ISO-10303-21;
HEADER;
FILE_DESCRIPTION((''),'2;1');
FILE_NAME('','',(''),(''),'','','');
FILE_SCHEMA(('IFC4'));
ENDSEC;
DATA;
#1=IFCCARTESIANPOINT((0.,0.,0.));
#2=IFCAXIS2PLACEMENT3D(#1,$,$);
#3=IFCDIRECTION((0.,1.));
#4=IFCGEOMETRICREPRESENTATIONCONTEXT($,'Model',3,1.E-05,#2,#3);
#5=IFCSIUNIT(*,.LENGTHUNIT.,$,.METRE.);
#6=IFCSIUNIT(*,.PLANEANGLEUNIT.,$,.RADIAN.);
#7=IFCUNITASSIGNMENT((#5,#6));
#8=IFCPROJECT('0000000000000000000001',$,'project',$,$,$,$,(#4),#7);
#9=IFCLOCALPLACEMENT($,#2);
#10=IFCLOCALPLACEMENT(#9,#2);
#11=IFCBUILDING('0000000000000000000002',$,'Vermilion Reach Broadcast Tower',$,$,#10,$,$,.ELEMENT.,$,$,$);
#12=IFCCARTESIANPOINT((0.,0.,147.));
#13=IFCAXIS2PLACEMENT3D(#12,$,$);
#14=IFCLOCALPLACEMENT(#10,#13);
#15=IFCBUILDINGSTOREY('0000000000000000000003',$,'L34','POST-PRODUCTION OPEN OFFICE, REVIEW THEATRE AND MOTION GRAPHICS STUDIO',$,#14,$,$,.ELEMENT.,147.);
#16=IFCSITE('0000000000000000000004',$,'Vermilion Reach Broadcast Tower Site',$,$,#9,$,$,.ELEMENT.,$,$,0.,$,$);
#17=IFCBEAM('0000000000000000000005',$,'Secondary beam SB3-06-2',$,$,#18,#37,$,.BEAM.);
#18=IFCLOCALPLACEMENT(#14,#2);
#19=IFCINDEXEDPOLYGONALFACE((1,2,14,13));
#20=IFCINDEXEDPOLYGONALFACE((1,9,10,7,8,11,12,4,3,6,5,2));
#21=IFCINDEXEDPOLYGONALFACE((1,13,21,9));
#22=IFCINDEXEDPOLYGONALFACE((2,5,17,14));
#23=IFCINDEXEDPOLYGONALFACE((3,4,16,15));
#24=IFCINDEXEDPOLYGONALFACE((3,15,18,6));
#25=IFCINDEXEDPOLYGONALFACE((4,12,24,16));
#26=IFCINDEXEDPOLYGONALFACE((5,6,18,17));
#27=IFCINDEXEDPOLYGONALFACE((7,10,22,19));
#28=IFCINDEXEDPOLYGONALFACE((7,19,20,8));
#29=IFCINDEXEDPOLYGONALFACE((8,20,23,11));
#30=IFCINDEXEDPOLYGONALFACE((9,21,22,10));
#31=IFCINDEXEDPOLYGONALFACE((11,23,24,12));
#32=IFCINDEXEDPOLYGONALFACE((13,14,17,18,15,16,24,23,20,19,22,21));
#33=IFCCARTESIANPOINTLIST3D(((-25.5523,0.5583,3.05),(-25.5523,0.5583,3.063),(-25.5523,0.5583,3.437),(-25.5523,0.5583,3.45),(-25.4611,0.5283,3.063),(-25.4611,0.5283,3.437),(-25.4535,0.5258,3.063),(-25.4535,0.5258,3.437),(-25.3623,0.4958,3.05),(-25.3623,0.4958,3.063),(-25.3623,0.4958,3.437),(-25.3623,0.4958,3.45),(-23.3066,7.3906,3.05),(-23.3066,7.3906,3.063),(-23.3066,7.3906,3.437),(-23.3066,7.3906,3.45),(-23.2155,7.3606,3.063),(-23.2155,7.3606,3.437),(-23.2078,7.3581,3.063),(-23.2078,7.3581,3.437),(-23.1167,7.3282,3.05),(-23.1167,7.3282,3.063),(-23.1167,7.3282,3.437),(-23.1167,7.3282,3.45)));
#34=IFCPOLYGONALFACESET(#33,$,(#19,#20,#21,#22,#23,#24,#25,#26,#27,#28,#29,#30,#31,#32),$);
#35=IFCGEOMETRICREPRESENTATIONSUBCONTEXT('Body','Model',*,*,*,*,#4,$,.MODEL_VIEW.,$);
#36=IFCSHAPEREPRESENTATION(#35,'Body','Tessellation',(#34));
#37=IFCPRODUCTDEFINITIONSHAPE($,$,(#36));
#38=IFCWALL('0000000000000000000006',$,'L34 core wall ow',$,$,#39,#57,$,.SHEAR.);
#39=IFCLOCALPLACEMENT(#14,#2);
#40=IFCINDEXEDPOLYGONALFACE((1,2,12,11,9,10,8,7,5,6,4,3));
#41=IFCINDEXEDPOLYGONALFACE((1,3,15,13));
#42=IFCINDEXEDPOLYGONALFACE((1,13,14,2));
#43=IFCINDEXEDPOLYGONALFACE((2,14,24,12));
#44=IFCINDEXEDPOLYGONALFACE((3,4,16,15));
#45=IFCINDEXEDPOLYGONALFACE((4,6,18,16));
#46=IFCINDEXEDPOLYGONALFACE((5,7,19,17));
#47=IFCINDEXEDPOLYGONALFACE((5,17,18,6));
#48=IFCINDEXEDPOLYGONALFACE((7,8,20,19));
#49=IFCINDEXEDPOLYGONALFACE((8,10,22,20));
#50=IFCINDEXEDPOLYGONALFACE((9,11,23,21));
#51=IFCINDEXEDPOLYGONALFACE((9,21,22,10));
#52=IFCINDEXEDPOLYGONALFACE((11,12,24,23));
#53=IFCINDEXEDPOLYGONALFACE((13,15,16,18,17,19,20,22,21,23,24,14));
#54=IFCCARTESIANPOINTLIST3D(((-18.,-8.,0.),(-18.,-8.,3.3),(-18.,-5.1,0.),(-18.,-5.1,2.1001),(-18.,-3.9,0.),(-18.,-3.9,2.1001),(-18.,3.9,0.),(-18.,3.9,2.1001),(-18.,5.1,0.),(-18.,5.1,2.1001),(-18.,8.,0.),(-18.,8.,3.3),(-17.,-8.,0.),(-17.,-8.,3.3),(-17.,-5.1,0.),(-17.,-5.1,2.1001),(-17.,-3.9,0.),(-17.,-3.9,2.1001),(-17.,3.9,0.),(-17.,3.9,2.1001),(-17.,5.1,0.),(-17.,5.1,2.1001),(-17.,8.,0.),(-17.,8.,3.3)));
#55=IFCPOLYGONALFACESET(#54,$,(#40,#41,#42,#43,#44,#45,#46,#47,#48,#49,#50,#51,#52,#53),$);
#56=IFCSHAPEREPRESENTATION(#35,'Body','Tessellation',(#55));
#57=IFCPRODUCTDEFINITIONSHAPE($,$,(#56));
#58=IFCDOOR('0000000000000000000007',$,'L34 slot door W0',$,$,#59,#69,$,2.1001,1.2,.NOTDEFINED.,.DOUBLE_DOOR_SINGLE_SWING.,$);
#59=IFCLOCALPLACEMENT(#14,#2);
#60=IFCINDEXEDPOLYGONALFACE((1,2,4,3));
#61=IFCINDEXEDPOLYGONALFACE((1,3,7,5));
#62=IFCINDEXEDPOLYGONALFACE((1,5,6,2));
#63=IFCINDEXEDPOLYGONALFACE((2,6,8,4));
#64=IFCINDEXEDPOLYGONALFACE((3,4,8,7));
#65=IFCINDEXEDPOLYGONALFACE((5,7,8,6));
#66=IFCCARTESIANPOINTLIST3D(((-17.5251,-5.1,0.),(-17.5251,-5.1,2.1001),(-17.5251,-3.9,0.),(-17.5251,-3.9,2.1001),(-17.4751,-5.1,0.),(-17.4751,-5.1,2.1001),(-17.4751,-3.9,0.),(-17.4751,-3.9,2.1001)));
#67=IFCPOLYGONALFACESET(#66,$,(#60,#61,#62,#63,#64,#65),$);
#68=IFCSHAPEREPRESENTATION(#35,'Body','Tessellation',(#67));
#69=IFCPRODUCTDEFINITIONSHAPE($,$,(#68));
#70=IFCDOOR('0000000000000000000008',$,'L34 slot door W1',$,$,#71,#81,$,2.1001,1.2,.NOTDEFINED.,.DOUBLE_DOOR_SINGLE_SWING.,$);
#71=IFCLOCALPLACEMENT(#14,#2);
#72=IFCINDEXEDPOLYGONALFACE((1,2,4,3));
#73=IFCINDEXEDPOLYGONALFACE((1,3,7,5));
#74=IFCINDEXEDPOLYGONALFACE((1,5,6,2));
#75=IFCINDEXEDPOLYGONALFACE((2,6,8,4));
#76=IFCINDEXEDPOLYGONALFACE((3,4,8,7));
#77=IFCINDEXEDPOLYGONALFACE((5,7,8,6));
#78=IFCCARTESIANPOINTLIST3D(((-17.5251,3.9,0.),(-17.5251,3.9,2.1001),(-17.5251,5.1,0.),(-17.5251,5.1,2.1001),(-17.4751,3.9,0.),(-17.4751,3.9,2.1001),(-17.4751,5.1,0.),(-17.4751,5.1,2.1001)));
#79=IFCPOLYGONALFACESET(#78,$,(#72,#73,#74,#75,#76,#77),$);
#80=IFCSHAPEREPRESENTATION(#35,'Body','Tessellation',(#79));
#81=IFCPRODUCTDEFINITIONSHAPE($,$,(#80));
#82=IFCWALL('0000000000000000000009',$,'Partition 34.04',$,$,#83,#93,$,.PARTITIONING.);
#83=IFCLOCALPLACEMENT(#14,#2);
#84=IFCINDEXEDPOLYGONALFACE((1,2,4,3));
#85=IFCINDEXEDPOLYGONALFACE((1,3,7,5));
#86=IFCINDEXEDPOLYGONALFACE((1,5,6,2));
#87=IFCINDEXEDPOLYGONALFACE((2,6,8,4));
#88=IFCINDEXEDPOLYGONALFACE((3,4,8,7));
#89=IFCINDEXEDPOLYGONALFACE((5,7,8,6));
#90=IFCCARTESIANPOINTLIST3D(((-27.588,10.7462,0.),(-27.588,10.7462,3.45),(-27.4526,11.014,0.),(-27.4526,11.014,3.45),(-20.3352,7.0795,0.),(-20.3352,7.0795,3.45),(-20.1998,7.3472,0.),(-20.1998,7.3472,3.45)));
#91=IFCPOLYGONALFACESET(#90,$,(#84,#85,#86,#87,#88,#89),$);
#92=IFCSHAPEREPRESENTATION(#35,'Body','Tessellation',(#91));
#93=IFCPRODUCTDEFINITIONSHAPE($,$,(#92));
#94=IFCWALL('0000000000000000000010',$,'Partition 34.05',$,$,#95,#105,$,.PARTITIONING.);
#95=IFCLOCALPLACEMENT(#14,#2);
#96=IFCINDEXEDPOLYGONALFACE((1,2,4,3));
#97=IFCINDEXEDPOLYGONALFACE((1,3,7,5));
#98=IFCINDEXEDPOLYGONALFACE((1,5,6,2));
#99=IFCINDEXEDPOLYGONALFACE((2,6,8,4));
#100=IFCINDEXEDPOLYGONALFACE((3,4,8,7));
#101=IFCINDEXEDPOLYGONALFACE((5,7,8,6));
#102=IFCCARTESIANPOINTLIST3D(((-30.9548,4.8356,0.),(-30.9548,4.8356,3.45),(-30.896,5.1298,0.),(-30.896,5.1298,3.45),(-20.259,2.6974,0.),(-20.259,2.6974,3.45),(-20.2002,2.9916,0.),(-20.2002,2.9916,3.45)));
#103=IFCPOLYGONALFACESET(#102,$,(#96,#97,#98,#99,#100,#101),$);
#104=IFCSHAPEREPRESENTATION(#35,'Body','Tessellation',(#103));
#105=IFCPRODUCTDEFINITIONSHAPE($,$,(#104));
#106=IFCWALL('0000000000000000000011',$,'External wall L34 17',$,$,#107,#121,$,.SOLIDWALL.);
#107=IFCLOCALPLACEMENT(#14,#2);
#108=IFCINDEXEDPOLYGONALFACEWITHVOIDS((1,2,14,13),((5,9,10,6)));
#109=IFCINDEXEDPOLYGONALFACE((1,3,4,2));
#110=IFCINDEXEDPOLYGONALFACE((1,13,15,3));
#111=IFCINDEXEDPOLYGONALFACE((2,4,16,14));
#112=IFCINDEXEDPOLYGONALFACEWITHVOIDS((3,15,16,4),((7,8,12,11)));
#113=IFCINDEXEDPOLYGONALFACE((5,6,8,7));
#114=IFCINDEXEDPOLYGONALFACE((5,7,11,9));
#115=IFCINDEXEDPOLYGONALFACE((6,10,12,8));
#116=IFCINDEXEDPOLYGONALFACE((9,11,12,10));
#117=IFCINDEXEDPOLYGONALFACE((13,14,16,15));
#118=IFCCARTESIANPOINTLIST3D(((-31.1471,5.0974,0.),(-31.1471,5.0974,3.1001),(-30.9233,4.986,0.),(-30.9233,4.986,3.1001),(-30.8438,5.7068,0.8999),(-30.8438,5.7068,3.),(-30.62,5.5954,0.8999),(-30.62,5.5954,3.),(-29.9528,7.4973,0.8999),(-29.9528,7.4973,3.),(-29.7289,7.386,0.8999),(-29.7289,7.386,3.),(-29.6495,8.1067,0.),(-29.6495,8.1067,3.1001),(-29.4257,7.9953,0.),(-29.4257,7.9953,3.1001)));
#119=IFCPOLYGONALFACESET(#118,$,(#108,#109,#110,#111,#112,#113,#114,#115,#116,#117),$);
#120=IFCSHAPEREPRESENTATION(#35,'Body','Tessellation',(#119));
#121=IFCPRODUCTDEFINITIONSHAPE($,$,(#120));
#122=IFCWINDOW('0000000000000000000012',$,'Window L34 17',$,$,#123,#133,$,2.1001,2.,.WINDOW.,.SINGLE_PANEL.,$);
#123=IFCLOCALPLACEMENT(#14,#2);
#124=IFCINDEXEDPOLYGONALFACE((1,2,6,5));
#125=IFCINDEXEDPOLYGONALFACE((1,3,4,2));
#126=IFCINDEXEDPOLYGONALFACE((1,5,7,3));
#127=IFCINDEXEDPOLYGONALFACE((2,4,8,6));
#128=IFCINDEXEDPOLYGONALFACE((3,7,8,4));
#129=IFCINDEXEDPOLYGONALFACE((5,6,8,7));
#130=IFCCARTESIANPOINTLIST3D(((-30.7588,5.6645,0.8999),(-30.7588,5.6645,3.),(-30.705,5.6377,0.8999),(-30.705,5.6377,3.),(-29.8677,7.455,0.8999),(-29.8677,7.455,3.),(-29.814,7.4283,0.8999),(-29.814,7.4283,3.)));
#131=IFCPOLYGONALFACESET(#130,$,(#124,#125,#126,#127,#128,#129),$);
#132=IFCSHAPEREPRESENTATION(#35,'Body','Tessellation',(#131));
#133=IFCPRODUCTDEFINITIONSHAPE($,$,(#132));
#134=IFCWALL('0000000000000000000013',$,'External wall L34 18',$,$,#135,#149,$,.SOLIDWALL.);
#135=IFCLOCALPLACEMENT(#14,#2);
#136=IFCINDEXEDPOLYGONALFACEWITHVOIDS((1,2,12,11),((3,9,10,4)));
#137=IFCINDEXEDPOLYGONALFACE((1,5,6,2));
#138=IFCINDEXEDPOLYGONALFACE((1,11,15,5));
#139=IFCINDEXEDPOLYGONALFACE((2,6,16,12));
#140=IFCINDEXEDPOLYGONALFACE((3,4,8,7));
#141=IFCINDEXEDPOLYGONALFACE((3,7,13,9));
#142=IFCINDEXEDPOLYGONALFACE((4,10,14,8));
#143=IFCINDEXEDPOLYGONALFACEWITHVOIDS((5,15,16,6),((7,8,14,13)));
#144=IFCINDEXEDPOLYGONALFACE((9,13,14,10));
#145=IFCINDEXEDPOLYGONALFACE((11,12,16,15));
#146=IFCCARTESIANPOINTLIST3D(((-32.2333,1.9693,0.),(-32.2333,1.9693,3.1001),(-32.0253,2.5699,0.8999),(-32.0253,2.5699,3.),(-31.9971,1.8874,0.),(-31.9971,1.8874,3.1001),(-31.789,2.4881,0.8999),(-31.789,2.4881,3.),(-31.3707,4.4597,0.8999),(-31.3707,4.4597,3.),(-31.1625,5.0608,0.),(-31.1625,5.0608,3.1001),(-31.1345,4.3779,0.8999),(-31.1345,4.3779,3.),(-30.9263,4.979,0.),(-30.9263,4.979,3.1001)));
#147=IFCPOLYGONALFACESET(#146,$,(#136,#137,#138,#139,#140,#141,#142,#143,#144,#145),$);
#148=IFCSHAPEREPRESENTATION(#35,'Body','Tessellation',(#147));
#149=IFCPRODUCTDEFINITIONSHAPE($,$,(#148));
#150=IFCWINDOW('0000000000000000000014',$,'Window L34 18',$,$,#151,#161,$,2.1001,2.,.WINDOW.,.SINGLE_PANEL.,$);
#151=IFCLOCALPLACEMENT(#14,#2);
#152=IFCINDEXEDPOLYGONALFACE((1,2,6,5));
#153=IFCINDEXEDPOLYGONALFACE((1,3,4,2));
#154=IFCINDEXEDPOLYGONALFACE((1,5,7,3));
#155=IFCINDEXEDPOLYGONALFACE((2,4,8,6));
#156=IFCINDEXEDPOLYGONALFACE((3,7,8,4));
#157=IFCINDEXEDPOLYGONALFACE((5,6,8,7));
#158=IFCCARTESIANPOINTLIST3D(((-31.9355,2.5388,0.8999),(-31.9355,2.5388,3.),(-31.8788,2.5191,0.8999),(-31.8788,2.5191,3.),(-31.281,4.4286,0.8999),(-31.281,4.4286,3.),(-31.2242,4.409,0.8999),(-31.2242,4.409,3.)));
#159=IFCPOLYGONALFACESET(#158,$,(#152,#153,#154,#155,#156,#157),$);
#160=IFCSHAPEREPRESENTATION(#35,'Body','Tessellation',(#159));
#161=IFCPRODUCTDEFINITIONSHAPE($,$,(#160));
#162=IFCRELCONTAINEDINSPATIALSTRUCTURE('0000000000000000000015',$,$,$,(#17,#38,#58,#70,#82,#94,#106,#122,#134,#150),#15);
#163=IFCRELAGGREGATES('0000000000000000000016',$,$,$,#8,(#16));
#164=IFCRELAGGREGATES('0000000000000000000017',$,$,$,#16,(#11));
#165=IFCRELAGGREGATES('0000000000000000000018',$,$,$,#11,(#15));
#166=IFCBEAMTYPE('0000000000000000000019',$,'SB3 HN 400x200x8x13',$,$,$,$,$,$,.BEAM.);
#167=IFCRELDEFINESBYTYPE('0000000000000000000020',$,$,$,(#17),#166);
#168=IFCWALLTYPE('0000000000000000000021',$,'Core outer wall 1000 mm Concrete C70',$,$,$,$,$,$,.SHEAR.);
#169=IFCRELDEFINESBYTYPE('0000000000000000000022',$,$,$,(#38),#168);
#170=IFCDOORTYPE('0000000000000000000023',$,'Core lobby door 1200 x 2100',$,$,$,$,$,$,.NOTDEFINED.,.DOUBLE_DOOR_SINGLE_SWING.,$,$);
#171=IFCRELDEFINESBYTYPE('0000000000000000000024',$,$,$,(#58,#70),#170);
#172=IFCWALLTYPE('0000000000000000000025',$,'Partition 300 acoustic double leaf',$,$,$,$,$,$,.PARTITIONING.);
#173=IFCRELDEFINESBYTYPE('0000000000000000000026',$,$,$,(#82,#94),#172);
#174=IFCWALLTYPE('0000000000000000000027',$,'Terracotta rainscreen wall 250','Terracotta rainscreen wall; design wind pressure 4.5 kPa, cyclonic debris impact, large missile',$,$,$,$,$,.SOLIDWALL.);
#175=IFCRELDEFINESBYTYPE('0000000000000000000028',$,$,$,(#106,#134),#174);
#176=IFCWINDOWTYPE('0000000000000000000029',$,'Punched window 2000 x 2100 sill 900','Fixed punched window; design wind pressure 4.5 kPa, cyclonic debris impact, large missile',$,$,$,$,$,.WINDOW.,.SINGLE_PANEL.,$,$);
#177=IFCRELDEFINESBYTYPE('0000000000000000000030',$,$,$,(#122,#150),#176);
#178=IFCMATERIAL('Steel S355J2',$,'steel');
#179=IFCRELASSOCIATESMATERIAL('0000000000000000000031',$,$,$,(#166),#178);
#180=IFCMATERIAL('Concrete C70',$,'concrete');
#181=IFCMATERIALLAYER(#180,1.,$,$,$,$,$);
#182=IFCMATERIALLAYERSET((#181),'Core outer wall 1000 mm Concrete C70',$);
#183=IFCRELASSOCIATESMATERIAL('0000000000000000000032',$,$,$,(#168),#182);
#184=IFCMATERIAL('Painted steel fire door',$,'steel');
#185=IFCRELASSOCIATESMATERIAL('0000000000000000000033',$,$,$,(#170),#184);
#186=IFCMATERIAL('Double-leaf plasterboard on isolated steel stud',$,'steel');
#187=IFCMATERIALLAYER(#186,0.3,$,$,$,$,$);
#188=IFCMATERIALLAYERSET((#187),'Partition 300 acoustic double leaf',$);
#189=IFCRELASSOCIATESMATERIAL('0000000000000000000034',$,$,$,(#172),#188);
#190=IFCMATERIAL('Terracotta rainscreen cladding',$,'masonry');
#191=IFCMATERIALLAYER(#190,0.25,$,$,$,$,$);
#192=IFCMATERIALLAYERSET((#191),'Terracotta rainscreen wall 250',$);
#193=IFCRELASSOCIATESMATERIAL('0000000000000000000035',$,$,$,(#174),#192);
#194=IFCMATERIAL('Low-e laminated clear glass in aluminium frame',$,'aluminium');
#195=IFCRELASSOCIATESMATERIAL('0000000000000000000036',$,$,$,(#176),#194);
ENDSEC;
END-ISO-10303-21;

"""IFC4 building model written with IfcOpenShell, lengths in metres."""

from ifc_helpers import new_model, si_unit, direction, frame, frame_2d, origin, origin_2d, place, context, subcontext, project, spatial, rectangle, i_section, extrude, material, layer, layer_set, material_profile, profile_set, type_object, element, fill, save


model = new_model("IFC4")

# Units and contexts
model_context = context("Model", 3, precision=1e-05, world=origin(), true_north=direction((0.0, 1.0)))
body_context = subcontext(model_context, "Body", "Model", "MODEL_VIEW")
ifc_project = project(units=[si_unit("LENGTHUNIT", "METRE"), si_unit("PLANEANGLEUNIT", "RADIAN")], contexts=[model_context])

# Site, building, storey
site_placement = place(None, origin())
site = spatial("IfcSite", under=ifc_project, at=site_placement, Name="Vermilion Reach Broadcast Tower Site", CompositionType="ELEMENT", RefElevation=0.0)
building_placement = place(site_placement, origin())
building = spatial("IfcBuilding", under=site, at=building_placement, Name="Vermilion Reach Broadcast Tower", CompositionType="ELEMENT")
storey_placement = place(building_placement, frame((0.0, 0.0, 147.0)))
storey = spatial("IfcBuildingStorey", under=building, at=storey_placement, Name="L34", Description="POST-PRODUCTION OPEN OFFICE, REVIEW THEATRE AND MOTION GRAPHICS STUDIO", CompositionType="ELEMENT", Elevation=147.0)

# Beam
ifc_material_1 = material(Name="Steel S355J2", Category="steel")
ifc_material_profile_1 = material_profile(ifc_material_1, i_section(OverallWidth=0.2, OverallDepth=0.3999, WebThickness=0.0081, FlangeThickness=0.0129, at=origin_2d()), Name="S355J2 HN 400x200x8x13")
ifc_profile_set_1 = profile_set([ifc_material_profile_1], Name="Steel S355J2")
beam_type_1 = type_object("IfcBeamType", Name="SB3 HN 400x200x8x13", PredefinedType="BEAM", material=ifc_profile_set_1)
beam_1_placement = place(storey_placement, frame((-23.2117, 7.3594, 3.25), z_axis=(-0.312243, -0.950002, 0.0), x_axis=(0.950002, -0.312243, 0.0)))
element("IfcBeam", 1, at=beam_1_placement, inside=storey, type_object=beam_type_1, Name="Secondary beam SB3-06-2", PredefinedType="BEAM", context=body_context, shape_type="SweptSolid", body=[
    extrude(i_section(OverallWidth=0.2, OverallDepth=0.3999, WebThickness=0.0081, FlangeThickness=0.0129, at=origin_2d()), origin(), (0.0, 0.0, 1.0), 7.1919),
])

# Wall, openings, doors
ifc_material_2 = material(Name="Concrete C70", Category="concrete")
ifc_layer_1 = layer(ifc_material_2, 1.0)
ifc_layer_set_1 = layer_set([ifc_layer_1], Name="Core outer wall 1000 mm Concrete C70")
wall_type_1 = type_object("IfcWallType", Name="Core outer wall 1000 mm Concrete C70", PredefinedType="SHEAR", material=ifc_layer_set_1)
wall_1_placement = place(storey_placement, frame((-17.5, 8.0, 0.0), z_axis=(0.0, 0.0, 1.0), x_axis=(0.0, -1.0, 0.0)))
wall_1 = element("IfcWall", 2, at=wall_1_placement, inside=storey, type_object=wall_type_1, Name="L34 core wall ow", PredefinedType="SHEAR", context=body_context, shape_type="SweptSolid", body=[
    extrude(rectangle(XDim=16.0, YDim=1.0, at=frame_2d((8.0, 0.0))), origin(), (0.0, 0.0, 1.0), 3.3),
])
opening_1_placement = place(wall_1_placement, frame((11.8999, 0.0, 0.0)))
opening_1 = element("IfcOpeningElement", 3, at=opening_1_placement, cuts=wall_1, PredefinedType="OPENING", context=body_context, shape_type="SweptSolid", body=[
    extrude(rectangle(XDim=1.2, YDim=2.1001, at=frame_2d((0.6001, 1.05))), frame((0.0, 0.51, 0.0), z_axis=(0.0, -1.0, 0.0), x_axis=(1.0, 0.0, 0.0)), (0.0, 0.0, 1.0), 1.02),
])
opening_2_placement = place(wall_1_placement, frame((2.8999, 0.0, 0.0)))
opening_2 = element("IfcOpeningElement", 4, at=opening_2_placement, cuts=wall_1, PredefinedType="OPENING", context=body_context, shape_type="SweptSolid", body=[
    extrude(rectangle(XDim=1.2, YDim=2.1001, at=frame_2d((0.6001, 1.05))), frame((0.0, 0.51, 0.0), z_axis=(0.0, -1.0, 0.0), x_axis=(1.0, 0.0, 0.0)), (0.0, 0.0, 1.0), 1.02),
])
ifc_material_3 = material(Name="Painted steel fire door", Category="steel")
door_type = type_object("IfcDoorType", Name="Core lobby door 1200 x 2100", OperationType="DOUBLE_DOOR_SINGLE_SWING", PredefinedType="NOTDEFINED", material=ifc_material_3)
door_1_placement = place(opening_1_placement, origin())
door_1 = element("IfcDoor", 5, at=door_1_placement, inside=storey, type_object=door_type, Name="L34 slot door W0", OperationType="DOUBLE_DOOR_SINGLE_SWING", OverallHeight=2.1001, OverallWidth=1.2, PredefinedType="NOTDEFINED", context=body_context, shape_type="SweptSolid", body=[
    extrude(rectangle(XDim=1.2, YDim=2.1001, at=frame_2d((0.6001, 1.05))), frame((0.0, 0.0249, 0.0), z_axis=(0.0, -1.0, 0.0), x_axis=(1.0, 0.0, 0.0)), (0.0, 0.0, 1.0), 0.05),
])
fill(opening_1, door_1)
door_2_placement = place(opening_2_placement, origin())
door_2 = element("IfcDoor", 6, at=door_2_placement, inside=storey, type_object=door_type, Name="L34 slot door W1", OperationType="DOUBLE_DOOR_SINGLE_SWING", OverallHeight=2.1001, OverallWidth=1.2, PredefinedType="NOTDEFINED", context=body_context, shape_type="SweptSolid", body=[
    extrude(rectangle(XDim=1.2, YDim=2.1001, at=frame_2d((0.6001, 1.05))), frame((0.0, 0.0249, 0.0), z_axis=(0.0, -1.0, 0.0), x_axis=(1.0, 0.0, 0.0)), (0.0, 0.0, 1.0), 0.05),
])
fill(opening_2, door_2)

# Walls
ifc_material_4 = material(Name="Double-leaf plasterboard on isolated steel stud", Category="steel")
ifc_layer_2 = layer(ifc_material_4, 0.3)
ifc_layer_set_2 = layer_set([ifc_layer_2], Name="Partition 300 acoustic double leaf")
wall_type_2 = type_object("IfcWallType", Name="Partition 300 acoustic double leaf", PredefinedType="PARTITIONING", material=ifc_layer_set_2)
wall_2_placement = place(storey_placement, frame((-27.5203, 10.8801, 0.0), z_axis=(0.0, 0.0, 1.0), x_axis=(0.89243, -0.451187, 0.0)))
element("IfcWall", 7, at=wall_2_placement, inside=storey, type_object=wall_type_2, Name="Partition 34.04", PredefinedType="PARTITIONING", context=body_context, shape_type="SweptSolid", body=[
    extrude(rectangle(XDim=8.127, YDim=0.3, at=frame_2d((4.0635, 0.0))), origin(), (0.0, 0.0, 1.0), 3.45),
])
wall_3_placement = place(storey_placement, frame((-30.9253, 4.9827, 0.0), z_axis=(0.0, 0.0, 1.0), x_axis=(0.980598, -0.19603, 0.0)))
element("IfcWall", 8, at=wall_3_placement, inside=storey, type_object=wall_type_2, Name="Partition 34.05", PredefinedType="PARTITIONING", context=body_context, shape_type="SweptSolid", body=[
    extrude(rectangle(XDim=10.9075, YDim=0.3, at=frame_2d((5.4536, 0.0))), origin(), (0.0, 0.0, 1.0), 3.45),
])

# Walls, openings, windows
ifc_material_5 = material(Name="Terracotta rainscreen cladding", Category="masonry")
ifc_layer_3 = layer(ifc_material_5, 0.25)
ifc_layer_set_3 = layer_set([ifc_layer_3], Name="Terracotta rainscreen wall 250")
wall_type_3 = type_object("IfcWallType", Name="Terracotta rainscreen wall 250", Description="Terracotta rainscreen wall; design wind pressure 4.5 kPa, cyclonic debris impact, large missile", PredefinedType="SOLIDWALL", material=ifc_layer_set_3)
wall_4_placement = place(storey_placement, frame((-29.5376, 8.051, 0.0), z_axis=(0.0, 0.0, 1.0), x_axis=(-0.445528, -0.895268, 0.0)))
wall_4 = element("IfcWall", 9, at=wall_4_placement, inside=storey, type_object=wall_type_3, Name="External wall L34 17", PredefinedType="SOLIDWALL", context=body_context, shape_type="SweptSolid", body=[
    extrude(rectangle(XDim=3.3613, YDim=0.25, at=frame_2d((1.6807, 0.0))), origin(), (0.0, 0.0, 1.0), 3.1001),
])
opening_3_placement = place(wall_4_placement, frame((0.6807, 0.0, 0.8999)))
opening_3 = element("IfcOpeningElement", 10, at=opening_3_placement, cuts=wall_4, PredefinedType="OPENING", context=body_context, shape_type="SweptSolid", body=[
    extrude(rectangle(XDim=2.0, YDim=2.1001, at=frame_2d((1.0, 1.05))), frame((0.0, 0.135, 0.0), z_axis=(0.0, -1.0, 0.0), x_axis=(1.0, 0.0, 0.0)), (0.0, 0.0, 1.0), 0.27),
])
ifc_material_6 = material(Name="Low-e laminated clear glass in aluminium frame", Category="aluminium")
window_type = type_object("IfcWindowType", Name="Punched window 2000 x 2100 sill 900", Description="Fixed punched window; design wind pressure 4.5 kPa, cyclonic debris impact, large missile", PartitioningType="SINGLE_PANEL", PredefinedType="WINDOW", material=ifc_material_6)
window_1_placement = place(opening_3_placement, origin())
window_1 = element("IfcWindow", 11, at=window_1_placement, inside=storey, type_object=window_type, Name="Window L34 17", OverallHeight=2.1001, OverallWidth=2.0, PartitioningType="SINGLE_PANEL", PredefinedType="WINDOW", context=body_context, shape_type="SweptSolid", body=[
    extrude(rectangle(XDim=2.0, YDim=2.1001, at=frame_2d((1.0, 1.05))), frame((0.0, 0.03, 0.0), z_axis=(0.0, -1.0, 0.0), x_axis=(1.0, 0.0, 0.0)), (0.0, 0.0, 1.0), 0.0601),
])
fill(opening_3, window_1)
wall_5_placement = place(storey_placement, frame((-31.0444, 5.0198, 0.0), z_axis=(0.0, 0.0, 1.0), x_axis=(-0.327287, -0.944925, 0.0)))
wall_5 = element("IfcWall", 12, at=wall_5_placement, inside=storey, type_object=wall_type_3, Name="External wall L34 18", PredefinedType="SOLIDWALL", context=body_context, shape_type="SweptSolid", body=[
    extrude(rectangle(XDim=3.2717, YDim=0.25, at=frame_2d((1.6357, 0.0))), origin(), (0.0, 0.0, 1.0), 3.1001),
])
opening_4_placement = place(wall_5_placement, frame((0.636, 0.0, 0.8999)))
opening_4 = element("IfcOpeningElement", 13, at=opening_4_placement, cuts=wall_5, PredefinedType="OPENING", context=body_context, shape_type="SweptSolid", body=[
    extrude(rectangle(XDim=2.0, YDim=2.1001, at=frame_2d((1.0, 1.05))), frame((0.0, 0.135, 0.0), z_axis=(0.0, -1.0, 0.0), x_axis=(1.0, 0.0, 0.0)), (0.0, 0.0, 1.0), 0.27),
])
window_2_placement = place(opening_4_placement, origin())
window_2 = element("IfcWindow", 14, at=window_2_placement, inside=storey, type_object=window_type, Name="Window L34 18", OverallHeight=2.1001, OverallWidth=2.0, PartitioningType="SINGLE_PANEL", PredefinedType="WINDOW", context=body_context, shape_type="SweptSolid", body=[
    extrude(rectangle(XDim=2.0, YDim=2.1001, at=frame_2d((1.0, 1.05))), frame((0.0, 0.03, 0.0), z_axis=(0.0, -1.0, 0.0), x_axis=(1.0, 0.0, 0.0)), (0.0, 0.0, 1.0), 0.0601),
])
fill(opening_4, window_2)

save(model, "model.ifc")
